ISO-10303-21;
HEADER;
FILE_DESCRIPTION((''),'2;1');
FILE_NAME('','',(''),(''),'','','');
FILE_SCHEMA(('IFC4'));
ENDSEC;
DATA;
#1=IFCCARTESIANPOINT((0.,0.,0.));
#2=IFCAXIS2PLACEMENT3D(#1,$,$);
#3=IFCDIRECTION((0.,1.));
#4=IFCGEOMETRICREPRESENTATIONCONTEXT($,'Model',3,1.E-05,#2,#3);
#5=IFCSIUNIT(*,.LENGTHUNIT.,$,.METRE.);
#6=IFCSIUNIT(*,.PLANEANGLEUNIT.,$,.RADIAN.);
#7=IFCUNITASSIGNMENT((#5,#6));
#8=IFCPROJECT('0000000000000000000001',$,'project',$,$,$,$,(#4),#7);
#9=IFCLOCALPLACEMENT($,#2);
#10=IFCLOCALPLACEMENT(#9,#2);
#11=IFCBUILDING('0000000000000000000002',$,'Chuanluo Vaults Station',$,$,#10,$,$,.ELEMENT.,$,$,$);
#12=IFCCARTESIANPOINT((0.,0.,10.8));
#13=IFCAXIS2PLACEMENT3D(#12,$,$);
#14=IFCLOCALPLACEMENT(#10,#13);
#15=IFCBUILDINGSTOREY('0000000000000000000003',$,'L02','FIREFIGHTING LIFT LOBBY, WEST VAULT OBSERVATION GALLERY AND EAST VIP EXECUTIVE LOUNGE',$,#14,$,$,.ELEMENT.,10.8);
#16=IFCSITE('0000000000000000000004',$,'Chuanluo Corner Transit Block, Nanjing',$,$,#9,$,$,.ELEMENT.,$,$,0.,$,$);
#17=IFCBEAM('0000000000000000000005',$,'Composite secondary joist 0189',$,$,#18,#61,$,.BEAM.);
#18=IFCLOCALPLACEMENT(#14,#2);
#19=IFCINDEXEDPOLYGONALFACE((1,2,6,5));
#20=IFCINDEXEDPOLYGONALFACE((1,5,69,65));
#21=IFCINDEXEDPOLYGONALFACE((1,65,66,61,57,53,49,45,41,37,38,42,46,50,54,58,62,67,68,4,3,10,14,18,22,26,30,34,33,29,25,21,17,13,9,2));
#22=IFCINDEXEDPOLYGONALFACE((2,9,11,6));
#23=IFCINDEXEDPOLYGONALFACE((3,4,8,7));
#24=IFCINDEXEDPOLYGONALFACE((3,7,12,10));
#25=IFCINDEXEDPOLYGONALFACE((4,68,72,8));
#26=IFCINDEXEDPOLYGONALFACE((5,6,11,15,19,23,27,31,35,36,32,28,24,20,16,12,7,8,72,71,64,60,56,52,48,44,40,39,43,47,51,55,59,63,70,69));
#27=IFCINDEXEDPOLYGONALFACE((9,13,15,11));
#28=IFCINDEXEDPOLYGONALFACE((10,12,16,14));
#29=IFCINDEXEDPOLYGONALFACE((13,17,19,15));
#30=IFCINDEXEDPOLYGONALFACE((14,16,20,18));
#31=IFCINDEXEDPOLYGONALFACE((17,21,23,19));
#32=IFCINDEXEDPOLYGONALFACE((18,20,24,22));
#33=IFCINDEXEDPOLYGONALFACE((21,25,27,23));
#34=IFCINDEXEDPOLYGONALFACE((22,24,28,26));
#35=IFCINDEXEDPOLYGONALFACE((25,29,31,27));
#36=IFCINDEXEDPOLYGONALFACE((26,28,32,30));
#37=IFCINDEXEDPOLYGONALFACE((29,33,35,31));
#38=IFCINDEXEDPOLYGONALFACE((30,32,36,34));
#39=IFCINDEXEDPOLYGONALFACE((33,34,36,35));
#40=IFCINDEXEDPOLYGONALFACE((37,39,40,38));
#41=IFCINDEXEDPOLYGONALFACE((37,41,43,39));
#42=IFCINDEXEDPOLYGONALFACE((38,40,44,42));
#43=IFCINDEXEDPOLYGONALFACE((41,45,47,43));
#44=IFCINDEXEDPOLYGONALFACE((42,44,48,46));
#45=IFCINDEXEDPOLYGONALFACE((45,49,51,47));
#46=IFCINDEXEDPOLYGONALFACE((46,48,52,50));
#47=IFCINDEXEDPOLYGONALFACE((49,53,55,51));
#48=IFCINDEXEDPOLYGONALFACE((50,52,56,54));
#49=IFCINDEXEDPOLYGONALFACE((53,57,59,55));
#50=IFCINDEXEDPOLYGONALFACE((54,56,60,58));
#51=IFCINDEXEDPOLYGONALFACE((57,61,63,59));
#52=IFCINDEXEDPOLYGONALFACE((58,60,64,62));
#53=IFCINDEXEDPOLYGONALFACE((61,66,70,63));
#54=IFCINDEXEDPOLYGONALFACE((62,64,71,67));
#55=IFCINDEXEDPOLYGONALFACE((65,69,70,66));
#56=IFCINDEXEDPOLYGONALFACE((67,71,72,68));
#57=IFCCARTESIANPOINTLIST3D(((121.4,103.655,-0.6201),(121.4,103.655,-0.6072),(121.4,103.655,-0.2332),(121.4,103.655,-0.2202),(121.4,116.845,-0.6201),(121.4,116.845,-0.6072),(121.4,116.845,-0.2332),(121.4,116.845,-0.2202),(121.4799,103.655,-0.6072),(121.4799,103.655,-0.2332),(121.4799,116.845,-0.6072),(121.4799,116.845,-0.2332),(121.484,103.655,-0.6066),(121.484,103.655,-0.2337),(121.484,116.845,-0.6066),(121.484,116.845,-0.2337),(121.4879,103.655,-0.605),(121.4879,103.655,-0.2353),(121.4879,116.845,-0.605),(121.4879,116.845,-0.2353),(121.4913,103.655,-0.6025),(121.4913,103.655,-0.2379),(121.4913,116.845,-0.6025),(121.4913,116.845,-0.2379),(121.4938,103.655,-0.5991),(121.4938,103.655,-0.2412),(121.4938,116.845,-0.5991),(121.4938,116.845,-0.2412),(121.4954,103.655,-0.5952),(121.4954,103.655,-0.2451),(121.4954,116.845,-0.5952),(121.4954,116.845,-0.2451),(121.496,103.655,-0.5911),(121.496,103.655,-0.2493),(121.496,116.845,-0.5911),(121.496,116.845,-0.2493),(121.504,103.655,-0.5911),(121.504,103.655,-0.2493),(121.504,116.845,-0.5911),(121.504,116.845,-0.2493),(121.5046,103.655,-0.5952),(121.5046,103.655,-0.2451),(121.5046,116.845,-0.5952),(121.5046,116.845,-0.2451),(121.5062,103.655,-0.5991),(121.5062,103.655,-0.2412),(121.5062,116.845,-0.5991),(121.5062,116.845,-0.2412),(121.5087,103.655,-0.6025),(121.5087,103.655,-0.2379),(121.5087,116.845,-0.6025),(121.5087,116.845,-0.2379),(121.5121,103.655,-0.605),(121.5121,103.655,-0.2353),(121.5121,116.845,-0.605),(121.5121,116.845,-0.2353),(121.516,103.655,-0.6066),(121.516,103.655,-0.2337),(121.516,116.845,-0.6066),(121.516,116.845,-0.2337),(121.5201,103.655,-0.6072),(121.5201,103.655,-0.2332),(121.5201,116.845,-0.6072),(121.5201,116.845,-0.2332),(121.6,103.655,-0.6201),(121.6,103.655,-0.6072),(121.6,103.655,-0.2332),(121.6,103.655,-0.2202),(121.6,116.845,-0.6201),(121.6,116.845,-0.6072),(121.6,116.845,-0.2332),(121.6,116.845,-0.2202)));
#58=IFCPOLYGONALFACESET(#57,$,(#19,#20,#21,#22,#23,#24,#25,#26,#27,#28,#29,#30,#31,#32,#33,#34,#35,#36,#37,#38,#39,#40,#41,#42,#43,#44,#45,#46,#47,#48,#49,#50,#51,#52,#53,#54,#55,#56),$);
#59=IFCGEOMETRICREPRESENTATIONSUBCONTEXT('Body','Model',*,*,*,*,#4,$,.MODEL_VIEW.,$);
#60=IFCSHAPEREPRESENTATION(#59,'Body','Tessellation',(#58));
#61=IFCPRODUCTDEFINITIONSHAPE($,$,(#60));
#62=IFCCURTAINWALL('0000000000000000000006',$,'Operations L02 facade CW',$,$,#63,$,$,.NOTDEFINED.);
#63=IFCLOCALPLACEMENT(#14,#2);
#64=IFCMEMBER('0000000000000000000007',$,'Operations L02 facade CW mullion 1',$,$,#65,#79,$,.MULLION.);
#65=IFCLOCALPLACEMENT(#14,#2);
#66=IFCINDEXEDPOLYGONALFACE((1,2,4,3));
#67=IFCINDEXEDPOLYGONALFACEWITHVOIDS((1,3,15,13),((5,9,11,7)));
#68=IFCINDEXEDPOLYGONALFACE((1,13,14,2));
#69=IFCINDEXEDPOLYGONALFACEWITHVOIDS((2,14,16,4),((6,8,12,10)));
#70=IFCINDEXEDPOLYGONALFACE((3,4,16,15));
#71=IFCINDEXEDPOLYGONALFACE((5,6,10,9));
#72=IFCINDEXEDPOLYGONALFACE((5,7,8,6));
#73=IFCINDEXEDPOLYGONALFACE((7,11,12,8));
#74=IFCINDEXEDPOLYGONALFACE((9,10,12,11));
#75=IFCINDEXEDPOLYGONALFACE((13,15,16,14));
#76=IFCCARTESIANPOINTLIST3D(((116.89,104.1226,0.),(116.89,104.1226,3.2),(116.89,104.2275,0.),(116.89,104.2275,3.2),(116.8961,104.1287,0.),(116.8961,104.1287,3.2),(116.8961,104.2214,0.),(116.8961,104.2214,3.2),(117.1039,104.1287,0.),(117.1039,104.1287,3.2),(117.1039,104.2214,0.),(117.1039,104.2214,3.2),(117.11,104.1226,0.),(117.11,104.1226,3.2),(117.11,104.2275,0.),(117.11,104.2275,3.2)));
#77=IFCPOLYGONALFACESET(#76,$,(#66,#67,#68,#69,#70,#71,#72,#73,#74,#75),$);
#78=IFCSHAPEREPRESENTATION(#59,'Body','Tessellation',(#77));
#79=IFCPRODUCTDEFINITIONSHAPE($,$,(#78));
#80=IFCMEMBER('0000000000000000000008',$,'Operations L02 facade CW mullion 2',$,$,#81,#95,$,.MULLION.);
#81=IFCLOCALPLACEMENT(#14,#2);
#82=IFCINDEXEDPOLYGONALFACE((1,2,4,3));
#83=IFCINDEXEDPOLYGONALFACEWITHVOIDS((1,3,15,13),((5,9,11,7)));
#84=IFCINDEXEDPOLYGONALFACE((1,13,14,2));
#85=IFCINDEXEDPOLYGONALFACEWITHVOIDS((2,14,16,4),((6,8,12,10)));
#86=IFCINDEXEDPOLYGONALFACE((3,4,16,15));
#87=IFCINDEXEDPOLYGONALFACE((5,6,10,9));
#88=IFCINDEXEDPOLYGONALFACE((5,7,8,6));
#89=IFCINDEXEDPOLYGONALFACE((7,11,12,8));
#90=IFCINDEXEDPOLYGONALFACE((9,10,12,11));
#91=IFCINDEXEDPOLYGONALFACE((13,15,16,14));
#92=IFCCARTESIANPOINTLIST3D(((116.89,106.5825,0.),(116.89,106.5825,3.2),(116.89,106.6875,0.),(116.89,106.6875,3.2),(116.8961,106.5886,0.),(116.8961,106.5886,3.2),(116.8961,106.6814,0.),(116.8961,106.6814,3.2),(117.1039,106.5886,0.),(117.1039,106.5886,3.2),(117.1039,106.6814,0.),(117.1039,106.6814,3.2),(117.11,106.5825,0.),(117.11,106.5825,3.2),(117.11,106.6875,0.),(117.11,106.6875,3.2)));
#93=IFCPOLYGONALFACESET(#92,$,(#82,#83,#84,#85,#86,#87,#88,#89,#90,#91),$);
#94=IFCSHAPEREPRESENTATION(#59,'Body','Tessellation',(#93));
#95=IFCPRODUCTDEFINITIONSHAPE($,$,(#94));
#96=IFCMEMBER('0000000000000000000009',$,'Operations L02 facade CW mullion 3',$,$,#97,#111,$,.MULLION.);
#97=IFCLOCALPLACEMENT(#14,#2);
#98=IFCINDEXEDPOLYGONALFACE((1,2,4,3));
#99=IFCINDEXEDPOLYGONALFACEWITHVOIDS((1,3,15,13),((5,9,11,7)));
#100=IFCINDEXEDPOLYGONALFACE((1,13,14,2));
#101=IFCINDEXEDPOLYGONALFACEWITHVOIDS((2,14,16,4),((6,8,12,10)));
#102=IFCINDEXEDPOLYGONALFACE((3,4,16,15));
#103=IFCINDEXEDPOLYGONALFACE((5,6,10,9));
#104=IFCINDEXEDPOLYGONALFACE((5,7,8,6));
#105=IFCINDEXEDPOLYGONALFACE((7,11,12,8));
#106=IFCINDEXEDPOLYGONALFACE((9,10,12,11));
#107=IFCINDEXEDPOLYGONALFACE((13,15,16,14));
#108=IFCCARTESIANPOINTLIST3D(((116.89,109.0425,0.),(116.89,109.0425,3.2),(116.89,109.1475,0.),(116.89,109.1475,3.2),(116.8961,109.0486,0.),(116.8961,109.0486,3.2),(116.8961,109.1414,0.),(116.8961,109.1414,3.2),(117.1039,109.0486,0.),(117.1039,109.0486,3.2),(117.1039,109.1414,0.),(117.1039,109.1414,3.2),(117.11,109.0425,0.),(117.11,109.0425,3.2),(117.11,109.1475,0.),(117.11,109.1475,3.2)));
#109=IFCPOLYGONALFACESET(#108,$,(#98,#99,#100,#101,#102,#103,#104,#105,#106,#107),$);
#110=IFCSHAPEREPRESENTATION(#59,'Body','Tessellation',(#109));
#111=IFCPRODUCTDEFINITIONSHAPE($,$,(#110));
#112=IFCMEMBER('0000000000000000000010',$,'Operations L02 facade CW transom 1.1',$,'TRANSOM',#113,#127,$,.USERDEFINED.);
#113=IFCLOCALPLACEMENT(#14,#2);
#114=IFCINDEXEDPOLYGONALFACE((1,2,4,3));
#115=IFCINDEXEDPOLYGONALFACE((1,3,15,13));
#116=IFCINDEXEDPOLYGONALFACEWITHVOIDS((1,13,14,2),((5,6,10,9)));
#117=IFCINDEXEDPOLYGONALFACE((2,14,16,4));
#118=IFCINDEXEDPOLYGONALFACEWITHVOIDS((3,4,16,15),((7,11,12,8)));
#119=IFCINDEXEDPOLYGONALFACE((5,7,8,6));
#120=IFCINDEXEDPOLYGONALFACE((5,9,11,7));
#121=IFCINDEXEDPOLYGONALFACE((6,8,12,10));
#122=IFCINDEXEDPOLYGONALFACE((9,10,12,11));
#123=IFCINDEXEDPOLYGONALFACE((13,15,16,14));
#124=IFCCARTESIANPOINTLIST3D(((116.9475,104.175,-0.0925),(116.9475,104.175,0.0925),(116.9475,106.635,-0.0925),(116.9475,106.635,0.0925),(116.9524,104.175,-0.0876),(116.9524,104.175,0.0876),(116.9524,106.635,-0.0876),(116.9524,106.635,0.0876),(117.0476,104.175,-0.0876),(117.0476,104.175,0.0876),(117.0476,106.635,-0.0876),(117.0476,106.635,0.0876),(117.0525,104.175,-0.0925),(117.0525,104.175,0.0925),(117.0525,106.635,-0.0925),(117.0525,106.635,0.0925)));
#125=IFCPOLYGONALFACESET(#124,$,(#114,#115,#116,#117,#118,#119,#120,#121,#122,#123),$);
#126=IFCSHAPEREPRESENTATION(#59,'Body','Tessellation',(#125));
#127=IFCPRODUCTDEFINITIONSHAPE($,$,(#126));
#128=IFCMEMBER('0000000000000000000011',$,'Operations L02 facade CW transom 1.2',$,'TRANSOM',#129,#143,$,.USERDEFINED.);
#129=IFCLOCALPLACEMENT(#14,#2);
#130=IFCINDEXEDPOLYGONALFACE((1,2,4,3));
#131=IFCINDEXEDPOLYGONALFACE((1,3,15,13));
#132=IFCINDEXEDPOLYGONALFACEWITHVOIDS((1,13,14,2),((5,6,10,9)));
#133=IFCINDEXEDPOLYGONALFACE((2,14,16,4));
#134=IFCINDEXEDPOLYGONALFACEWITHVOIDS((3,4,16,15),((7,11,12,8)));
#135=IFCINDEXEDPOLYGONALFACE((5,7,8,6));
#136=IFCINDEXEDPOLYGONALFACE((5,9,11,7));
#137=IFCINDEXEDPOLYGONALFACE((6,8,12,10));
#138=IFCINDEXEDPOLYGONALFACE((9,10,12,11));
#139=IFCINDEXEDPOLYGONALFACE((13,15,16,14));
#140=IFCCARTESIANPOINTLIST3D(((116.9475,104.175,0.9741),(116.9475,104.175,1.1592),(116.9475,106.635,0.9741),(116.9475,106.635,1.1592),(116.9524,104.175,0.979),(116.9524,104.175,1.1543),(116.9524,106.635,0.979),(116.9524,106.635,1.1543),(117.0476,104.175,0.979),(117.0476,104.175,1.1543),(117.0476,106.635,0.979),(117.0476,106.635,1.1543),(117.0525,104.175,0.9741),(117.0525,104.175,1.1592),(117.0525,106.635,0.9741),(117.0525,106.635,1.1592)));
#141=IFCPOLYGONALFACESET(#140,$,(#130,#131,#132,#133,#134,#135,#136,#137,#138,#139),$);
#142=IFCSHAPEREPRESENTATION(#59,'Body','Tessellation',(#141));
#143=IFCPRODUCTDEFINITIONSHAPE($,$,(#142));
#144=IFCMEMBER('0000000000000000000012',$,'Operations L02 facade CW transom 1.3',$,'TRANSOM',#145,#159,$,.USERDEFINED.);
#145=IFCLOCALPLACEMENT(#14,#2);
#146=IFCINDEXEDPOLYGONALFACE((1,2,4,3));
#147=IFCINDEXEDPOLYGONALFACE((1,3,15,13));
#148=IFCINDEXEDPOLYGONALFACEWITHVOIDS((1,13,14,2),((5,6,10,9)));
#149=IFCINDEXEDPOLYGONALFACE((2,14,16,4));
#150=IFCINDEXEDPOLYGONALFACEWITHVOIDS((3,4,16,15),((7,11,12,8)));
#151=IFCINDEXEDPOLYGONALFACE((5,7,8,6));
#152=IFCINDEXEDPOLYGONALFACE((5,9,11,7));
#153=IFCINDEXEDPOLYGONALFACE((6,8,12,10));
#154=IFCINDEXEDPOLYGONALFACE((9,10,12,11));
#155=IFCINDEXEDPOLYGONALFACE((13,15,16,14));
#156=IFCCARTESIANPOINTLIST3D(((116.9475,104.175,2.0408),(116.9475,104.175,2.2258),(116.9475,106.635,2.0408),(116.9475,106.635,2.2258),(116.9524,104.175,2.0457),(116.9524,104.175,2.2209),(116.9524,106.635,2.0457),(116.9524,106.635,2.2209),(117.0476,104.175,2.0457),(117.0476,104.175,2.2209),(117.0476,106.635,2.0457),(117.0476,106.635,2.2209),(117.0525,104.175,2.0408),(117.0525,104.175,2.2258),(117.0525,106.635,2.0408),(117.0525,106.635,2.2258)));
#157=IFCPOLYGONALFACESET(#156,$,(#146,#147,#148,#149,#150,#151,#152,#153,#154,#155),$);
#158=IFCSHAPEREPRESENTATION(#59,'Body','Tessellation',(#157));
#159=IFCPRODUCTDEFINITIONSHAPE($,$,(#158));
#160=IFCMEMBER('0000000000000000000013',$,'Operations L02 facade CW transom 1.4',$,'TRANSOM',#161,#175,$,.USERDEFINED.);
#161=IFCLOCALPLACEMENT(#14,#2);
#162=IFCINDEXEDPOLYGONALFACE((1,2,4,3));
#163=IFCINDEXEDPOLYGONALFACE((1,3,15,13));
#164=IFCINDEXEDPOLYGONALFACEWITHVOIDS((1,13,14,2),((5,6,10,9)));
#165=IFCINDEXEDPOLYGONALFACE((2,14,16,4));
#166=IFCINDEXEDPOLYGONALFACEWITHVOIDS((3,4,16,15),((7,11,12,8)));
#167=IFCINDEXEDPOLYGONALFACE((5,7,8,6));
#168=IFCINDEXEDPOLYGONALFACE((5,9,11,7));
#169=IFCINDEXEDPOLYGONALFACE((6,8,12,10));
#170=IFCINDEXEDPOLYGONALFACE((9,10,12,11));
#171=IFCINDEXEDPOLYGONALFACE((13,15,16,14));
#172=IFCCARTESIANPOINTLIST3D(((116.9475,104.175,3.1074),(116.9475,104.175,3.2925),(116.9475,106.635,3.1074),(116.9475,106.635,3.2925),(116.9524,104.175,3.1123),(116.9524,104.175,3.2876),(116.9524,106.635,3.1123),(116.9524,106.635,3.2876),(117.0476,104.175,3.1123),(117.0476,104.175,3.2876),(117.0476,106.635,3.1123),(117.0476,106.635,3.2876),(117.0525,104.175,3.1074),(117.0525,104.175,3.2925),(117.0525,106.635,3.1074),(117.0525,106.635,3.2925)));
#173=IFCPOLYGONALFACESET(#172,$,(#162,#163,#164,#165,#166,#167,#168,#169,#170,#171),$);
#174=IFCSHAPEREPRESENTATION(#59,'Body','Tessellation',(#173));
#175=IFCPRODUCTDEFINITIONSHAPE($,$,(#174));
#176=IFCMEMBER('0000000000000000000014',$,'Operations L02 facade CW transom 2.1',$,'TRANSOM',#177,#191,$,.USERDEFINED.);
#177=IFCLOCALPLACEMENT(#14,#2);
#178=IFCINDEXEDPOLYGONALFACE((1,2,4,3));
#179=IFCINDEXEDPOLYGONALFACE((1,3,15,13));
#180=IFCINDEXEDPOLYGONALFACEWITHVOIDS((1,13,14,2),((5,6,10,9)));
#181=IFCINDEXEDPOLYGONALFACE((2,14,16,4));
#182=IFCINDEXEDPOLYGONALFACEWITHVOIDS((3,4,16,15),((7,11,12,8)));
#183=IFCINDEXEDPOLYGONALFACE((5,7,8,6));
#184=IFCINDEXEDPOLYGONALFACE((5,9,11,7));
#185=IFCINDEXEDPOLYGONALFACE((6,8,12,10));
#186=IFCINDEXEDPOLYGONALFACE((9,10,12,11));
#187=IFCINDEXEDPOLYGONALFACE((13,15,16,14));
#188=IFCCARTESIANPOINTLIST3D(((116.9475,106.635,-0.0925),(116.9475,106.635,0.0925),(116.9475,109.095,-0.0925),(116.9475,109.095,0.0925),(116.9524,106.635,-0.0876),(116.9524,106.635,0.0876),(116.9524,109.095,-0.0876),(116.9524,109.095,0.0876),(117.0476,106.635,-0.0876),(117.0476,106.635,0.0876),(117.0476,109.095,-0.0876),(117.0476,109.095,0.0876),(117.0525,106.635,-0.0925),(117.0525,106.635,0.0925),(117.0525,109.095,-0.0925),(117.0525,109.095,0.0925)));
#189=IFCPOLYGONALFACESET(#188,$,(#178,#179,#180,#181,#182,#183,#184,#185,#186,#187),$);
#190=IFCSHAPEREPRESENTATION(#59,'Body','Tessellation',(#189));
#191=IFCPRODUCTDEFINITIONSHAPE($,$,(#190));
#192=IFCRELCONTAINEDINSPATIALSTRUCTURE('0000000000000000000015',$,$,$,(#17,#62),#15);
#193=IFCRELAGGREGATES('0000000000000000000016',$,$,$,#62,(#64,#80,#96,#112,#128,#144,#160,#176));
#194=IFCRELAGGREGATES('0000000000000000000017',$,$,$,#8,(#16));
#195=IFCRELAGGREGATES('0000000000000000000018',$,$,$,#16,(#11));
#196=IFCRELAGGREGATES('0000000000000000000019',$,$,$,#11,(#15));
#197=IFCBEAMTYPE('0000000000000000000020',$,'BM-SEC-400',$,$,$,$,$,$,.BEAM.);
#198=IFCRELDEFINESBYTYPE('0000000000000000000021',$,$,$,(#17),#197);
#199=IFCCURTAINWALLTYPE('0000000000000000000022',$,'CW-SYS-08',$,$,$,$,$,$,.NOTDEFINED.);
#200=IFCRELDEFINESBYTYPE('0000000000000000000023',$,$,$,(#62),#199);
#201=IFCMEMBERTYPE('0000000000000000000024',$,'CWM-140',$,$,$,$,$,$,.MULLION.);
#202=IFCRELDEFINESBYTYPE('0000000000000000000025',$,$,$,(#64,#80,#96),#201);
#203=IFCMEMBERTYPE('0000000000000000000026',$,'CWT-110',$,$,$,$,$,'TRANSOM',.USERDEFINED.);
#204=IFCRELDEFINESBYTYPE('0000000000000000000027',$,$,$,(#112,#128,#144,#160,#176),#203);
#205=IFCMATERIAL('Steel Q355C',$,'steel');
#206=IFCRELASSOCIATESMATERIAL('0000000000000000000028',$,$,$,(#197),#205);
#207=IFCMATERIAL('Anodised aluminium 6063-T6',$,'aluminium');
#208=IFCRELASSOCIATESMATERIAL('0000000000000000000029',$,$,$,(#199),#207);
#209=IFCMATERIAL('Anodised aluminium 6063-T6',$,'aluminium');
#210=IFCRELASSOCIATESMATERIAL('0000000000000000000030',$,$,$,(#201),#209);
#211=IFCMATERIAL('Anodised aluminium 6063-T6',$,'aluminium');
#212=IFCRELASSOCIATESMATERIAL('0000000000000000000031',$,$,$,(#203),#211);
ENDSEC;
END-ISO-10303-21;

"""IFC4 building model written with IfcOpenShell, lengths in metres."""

from ifc_helpers import new_model, si_unit, direction, frame, origin, origin_2d, place, context, subcontext, project, spatial, hollow_rectangle, i_section, extrude, material, material_profile, profile_set, type_object, element, aggregate, save


model = new_model("IFC4")

# Units and contexts
model_context = context("Model", 3, precision=1e-05, world=origin(), true_north=direction((0.0, 1.0)))
body_context = subcontext(model_context, "Body", "Model", "MODEL_VIEW")
ifc_project = project(units=[si_unit("LENGTHUNIT", "METRE"), si_unit("PLANEANGLEUNIT", "RADIAN")], contexts=[model_context])

# Site, building, storey
site_placement = place(None, origin())
site = spatial("IfcSite", under=ifc_project, at=site_placement, Name="Chuanluo Corner Transit Block, Nanjing", CompositionType="ELEMENT", RefElevation=0.0)
building_placement = place(site_placement, origin())
building = spatial("IfcBuilding", under=site, at=building_placement, Name="Chuanluo Vaults Station", CompositionType="ELEMENT")
storey_placement = place(building_placement, frame((0.0, 0.0, 10.8)))
storey = spatial("IfcBuildingStorey", under=building, at=storey_placement, Name="L02", Description="FIREFIGHTING LIFT LOBBY, WEST VAULT OBSERVATION GALLERY AND EAST VIP EXECUTIVE LOUNGE", CompositionType="ELEMENT", Elevation=10.8)

# Beam
ifc_material_1 = material(Name="Steel Q355C", Category="steel")
ifc_material_profile_1 = material_profile(ifc_material_1, i_section(OverallWidth=0.2, OverallDepth=0.3999, WebThickness=0.0081, FlangeThickness=0.0129, FilletRadius=0.0161, at=origin_2d()))
ifc_profile_set_1 = profile_set([ifc_material_profile_1], Name="Steel Q355C")
beam_type = type_object("IfcBeamType", Name="BM-SEC-400", PredefinedType="BEAM", material=ifc_profile_set_1)
beam_placement = place(storey_placement, frame((121.5, 103.655, -0.4202), z_axis=(0.0, 1.0, 0.0), x_axis=(-1.0, 0.0, 0.0)))
element("IfcBeam", 1, at=beam_placement, inside=storey, type_object=beam_type, Name="Composite secondary joist 0189", PredefinedType="BEAM", context=body_context, shape_type="SweptSolid", body=[
    extrude(i_section(OverallWidth=0.2, OverallDepth=0.3999, WebThickness=0.0081, FlangeThickness=0.0129, FilletRadius=0.0161, at=origin_2d()), origin(), (0.0, 0.0, 1.0), 13.1899),
])

# Curtain wall, members
ifc_material_2 = material(Name="Anodised aluminium 6063-T6", Category="aluminium")
curtain_wall_type = type_object("IfcCurtainWallType", Name="CW-SYS-08", PredefinedType="NOTDEFINED", material=ifc_material_2)
curtain_wall_placement = place(storey_placement, origin())
curtain_wall = element("IfcCurtainWall", 2, at=curtain_wall_placement, inside=storey, type_object=curtain_wall_type, Name="Operations L02 facade CW", PredefinedType="NOTDEFINED")
ifc_material_3 = material(Name="Anodised aluminium 6063-T6", Category="aluminium")
ifc_material_profile_2 = material_profile(ifc_material_3, hollow_rectangle(XDim=0.105, YDim=0.22, WallThickness=0.0061, at=origin_2d()))
ifc_profile_set_2 = profile_set([ifc_material_profile_2], Name="Anodised aluminium 6063-T6")
member_type_1 = type_object("IfcMemberType", Name="CWM-140", PredefinedType="MULLION", material=ifc_profile_set_2)
member_1_placement = place(storey_placement, frame((117.0, 104.175, 0.0), z_axis=(0.0, 0.0, 1.0), x_axis=(0.0, 1.0, 0.0)))
member_1 = element("IfcMember", 3, at=member_1_placement, type_object=member_type_1, Name="Operations L02 facade CW mullion 1", PredefinedType="MULLION", context=body_context, shape_type="SweptSolid", body=[
    extrude(hollow_rectangle(XDim=0.105, YDim=0.22, WallThickness=0.0061, at=origin_2d()), origin(), (0.0, 0.0, 1.0), 3.2),
])
member_2_placement = place(storey_placement, frame((117.0, 106.635, 0.0), z_axis=(0.0, 0.0, 1.0), x_axis=(0.0, 1.0, 0.0)))
member_2 = element("IfcMember", 4, at=member_2_placement, type_object=member_type_1, Name="Operations L02 facade CW mullion 2", PredefinedType="MULLION", context=body_context, shape_type="SweptSolid", body=[
    extrude(hollow_rectangle(XDim=0.105, YDim=0.22, WallThickness=0.0061, at=origin_2d()), origin(), (0.0, 0.0, 1.0), 3.2),
])
member_3_placement = place(storey_placement, frame((117.0, 109.095, 0.0), z_axis=(0.0, 0.0, 1.0), x_axis=(0.0, 1.0, 0.0)))
member_3 = element("IfcMember", 5, at=member_3_placement, type_object=member_type_1, Name="Operations L02 facade CW mullion 3", PredefinedType="MULLION", context=body_context, shape_type="SweptSolid", body=[
    extrude(hollow_rectangle(XDim=0.105, YDim=0.22, WallThickness=0.0061, at=origin_2d()), origin(), (0.0, 0.0, 1.0), 3.2),
])
ifc_material_4 = material(Name="Anodised aluminium 6063-T6", Category="aluminium")
ifc_material_profile_3 = material_profile(ifc_material_4, hollow_rectangle(XDim=0.105, YDim=0.1851, WallThickness=0.0049, at=origin_2d()))
ifc_profile_set_3 = profile_set([ifc_material_profile_3], Name="Anodised aluminium 6063-T6")
member_type_2 = type_object("IfcMemberType", Name="CWT-110", ElementType="TRANSOM", PredefinedType="USERDEFINED", material=ifc_profile_set_3)
member_4_placement = place(storey_placement, frame((117.0, 104.175, 0.0), z_axis=(0.0, 1.0, 0.0), x_axis=(-1.0, 0.0, 0.0)))
member_4 = element("IfcMember", 6, at=member_4_placement, type_object=member_type_2, Name="Operations L02 facade CW transom 1.1", ObjectType="TRANSOM", PredefinedType="USERDEFINED", context=body_context, shape_type="SweptSolid", body=[
    extrude(hollow_rectangle(XDim=0.105, YDim=0.1851, WallThickness=0.0049, at=origin_2d()), origin(), (0.0, 0.0, 1.0), 2.46),
])
member_5_placement = place(storey_placement, frame((117.0, 104.175, 1.0667), z_axis=(0.0, 1.0, 0.0), x_axis=(-1.0, 0.0, 0.0)))
member_5 = element("IfcMember", 7, at=member_5_placement, type_object=member_type_2, Name="Operations L02 facade CW transom 1.2", ObjectType="TRANSOM", PredefinedType="USERDEFINED", context=body_context, shape_type="SweptSolid", body=[
    extrude(hollow_rectangle(XDim=0.105, YDim=0.1851, WallThickness=0.0049, at=origin_2d()), origin(), (0.0, 0.0, 1.0), 2.46),
])
member_6_placement = place(storey_placement, frame((117.0, 104.175, 2.1333), z_axis=(0.0, 1.0, 0.0), x_axis=(-1.0, 0.0, 0.0)))
member_6 = element("IfcMember", 8, at=member_6_placement, type_object=member_type_2, Name="Operations L02 facade CW transom 1.3", ObjectType="TRANSOM", PredefinedType="USERDEFINED", context=body_context, shape_type="SweptSolid", body=[
    extrude(hollow_rectangle(XDim=0.105, YDim=0.1851, WallThickness=0.0049, at=origin_2d()), origin(), (0.0, 0.0, 1.0), 2.46),
])
member_7_placement = place(storey_placement, frame((117.0, 104.175, 3.2), z_axis=(0.0, 1.0, 0.0), x_axis=(-1.0, 0.0, 0.0)))
member_7 = element("IfcMember", 9, at=member_7_placement, type_object=member_type_2, Name="Operations L02 facade CW transom 1.4", ObjectType="TRANSOM", PredefinedType="USERDEFINED", context=body_context, shape_type="SweptSolid", body=[
    extrude(hollow_rectangle(XDim=0.105, YDim=0.1851, WallThickness=0.0049, at=origin_2d()), origin(), (0.0, 0.0, 1.0), 2.46),
])
member_8_placement = place(storey_placement, frame((117.0, 106.635, 0.0), z_axis=(0.0, 1.0, 0.0), x_axis=(-1.0, 0.0, 0.0)))
member_8 = element("IfcMember", 10, at=member_8_placement, type_object=member_type_2, Name="Operations L02 facade CW transom 2.1", ObjectType="TRANSOM", PredefinedType="USERDEFINED", context=body_context, shape_type="SweptSolid", body=[
    extrude(hollow_rectangle(XDim=0.105, YDim=0.1851, WallThickness=0.0049, at=origin_2d()), origin(), (0.0, 0.0, 1.0), 2.46),
])
aggregate(curtain_wall, [member_1, member_2, member_3, member_4, member_5, member_6, member_7, member_8])

save(model, "model.ifc")
